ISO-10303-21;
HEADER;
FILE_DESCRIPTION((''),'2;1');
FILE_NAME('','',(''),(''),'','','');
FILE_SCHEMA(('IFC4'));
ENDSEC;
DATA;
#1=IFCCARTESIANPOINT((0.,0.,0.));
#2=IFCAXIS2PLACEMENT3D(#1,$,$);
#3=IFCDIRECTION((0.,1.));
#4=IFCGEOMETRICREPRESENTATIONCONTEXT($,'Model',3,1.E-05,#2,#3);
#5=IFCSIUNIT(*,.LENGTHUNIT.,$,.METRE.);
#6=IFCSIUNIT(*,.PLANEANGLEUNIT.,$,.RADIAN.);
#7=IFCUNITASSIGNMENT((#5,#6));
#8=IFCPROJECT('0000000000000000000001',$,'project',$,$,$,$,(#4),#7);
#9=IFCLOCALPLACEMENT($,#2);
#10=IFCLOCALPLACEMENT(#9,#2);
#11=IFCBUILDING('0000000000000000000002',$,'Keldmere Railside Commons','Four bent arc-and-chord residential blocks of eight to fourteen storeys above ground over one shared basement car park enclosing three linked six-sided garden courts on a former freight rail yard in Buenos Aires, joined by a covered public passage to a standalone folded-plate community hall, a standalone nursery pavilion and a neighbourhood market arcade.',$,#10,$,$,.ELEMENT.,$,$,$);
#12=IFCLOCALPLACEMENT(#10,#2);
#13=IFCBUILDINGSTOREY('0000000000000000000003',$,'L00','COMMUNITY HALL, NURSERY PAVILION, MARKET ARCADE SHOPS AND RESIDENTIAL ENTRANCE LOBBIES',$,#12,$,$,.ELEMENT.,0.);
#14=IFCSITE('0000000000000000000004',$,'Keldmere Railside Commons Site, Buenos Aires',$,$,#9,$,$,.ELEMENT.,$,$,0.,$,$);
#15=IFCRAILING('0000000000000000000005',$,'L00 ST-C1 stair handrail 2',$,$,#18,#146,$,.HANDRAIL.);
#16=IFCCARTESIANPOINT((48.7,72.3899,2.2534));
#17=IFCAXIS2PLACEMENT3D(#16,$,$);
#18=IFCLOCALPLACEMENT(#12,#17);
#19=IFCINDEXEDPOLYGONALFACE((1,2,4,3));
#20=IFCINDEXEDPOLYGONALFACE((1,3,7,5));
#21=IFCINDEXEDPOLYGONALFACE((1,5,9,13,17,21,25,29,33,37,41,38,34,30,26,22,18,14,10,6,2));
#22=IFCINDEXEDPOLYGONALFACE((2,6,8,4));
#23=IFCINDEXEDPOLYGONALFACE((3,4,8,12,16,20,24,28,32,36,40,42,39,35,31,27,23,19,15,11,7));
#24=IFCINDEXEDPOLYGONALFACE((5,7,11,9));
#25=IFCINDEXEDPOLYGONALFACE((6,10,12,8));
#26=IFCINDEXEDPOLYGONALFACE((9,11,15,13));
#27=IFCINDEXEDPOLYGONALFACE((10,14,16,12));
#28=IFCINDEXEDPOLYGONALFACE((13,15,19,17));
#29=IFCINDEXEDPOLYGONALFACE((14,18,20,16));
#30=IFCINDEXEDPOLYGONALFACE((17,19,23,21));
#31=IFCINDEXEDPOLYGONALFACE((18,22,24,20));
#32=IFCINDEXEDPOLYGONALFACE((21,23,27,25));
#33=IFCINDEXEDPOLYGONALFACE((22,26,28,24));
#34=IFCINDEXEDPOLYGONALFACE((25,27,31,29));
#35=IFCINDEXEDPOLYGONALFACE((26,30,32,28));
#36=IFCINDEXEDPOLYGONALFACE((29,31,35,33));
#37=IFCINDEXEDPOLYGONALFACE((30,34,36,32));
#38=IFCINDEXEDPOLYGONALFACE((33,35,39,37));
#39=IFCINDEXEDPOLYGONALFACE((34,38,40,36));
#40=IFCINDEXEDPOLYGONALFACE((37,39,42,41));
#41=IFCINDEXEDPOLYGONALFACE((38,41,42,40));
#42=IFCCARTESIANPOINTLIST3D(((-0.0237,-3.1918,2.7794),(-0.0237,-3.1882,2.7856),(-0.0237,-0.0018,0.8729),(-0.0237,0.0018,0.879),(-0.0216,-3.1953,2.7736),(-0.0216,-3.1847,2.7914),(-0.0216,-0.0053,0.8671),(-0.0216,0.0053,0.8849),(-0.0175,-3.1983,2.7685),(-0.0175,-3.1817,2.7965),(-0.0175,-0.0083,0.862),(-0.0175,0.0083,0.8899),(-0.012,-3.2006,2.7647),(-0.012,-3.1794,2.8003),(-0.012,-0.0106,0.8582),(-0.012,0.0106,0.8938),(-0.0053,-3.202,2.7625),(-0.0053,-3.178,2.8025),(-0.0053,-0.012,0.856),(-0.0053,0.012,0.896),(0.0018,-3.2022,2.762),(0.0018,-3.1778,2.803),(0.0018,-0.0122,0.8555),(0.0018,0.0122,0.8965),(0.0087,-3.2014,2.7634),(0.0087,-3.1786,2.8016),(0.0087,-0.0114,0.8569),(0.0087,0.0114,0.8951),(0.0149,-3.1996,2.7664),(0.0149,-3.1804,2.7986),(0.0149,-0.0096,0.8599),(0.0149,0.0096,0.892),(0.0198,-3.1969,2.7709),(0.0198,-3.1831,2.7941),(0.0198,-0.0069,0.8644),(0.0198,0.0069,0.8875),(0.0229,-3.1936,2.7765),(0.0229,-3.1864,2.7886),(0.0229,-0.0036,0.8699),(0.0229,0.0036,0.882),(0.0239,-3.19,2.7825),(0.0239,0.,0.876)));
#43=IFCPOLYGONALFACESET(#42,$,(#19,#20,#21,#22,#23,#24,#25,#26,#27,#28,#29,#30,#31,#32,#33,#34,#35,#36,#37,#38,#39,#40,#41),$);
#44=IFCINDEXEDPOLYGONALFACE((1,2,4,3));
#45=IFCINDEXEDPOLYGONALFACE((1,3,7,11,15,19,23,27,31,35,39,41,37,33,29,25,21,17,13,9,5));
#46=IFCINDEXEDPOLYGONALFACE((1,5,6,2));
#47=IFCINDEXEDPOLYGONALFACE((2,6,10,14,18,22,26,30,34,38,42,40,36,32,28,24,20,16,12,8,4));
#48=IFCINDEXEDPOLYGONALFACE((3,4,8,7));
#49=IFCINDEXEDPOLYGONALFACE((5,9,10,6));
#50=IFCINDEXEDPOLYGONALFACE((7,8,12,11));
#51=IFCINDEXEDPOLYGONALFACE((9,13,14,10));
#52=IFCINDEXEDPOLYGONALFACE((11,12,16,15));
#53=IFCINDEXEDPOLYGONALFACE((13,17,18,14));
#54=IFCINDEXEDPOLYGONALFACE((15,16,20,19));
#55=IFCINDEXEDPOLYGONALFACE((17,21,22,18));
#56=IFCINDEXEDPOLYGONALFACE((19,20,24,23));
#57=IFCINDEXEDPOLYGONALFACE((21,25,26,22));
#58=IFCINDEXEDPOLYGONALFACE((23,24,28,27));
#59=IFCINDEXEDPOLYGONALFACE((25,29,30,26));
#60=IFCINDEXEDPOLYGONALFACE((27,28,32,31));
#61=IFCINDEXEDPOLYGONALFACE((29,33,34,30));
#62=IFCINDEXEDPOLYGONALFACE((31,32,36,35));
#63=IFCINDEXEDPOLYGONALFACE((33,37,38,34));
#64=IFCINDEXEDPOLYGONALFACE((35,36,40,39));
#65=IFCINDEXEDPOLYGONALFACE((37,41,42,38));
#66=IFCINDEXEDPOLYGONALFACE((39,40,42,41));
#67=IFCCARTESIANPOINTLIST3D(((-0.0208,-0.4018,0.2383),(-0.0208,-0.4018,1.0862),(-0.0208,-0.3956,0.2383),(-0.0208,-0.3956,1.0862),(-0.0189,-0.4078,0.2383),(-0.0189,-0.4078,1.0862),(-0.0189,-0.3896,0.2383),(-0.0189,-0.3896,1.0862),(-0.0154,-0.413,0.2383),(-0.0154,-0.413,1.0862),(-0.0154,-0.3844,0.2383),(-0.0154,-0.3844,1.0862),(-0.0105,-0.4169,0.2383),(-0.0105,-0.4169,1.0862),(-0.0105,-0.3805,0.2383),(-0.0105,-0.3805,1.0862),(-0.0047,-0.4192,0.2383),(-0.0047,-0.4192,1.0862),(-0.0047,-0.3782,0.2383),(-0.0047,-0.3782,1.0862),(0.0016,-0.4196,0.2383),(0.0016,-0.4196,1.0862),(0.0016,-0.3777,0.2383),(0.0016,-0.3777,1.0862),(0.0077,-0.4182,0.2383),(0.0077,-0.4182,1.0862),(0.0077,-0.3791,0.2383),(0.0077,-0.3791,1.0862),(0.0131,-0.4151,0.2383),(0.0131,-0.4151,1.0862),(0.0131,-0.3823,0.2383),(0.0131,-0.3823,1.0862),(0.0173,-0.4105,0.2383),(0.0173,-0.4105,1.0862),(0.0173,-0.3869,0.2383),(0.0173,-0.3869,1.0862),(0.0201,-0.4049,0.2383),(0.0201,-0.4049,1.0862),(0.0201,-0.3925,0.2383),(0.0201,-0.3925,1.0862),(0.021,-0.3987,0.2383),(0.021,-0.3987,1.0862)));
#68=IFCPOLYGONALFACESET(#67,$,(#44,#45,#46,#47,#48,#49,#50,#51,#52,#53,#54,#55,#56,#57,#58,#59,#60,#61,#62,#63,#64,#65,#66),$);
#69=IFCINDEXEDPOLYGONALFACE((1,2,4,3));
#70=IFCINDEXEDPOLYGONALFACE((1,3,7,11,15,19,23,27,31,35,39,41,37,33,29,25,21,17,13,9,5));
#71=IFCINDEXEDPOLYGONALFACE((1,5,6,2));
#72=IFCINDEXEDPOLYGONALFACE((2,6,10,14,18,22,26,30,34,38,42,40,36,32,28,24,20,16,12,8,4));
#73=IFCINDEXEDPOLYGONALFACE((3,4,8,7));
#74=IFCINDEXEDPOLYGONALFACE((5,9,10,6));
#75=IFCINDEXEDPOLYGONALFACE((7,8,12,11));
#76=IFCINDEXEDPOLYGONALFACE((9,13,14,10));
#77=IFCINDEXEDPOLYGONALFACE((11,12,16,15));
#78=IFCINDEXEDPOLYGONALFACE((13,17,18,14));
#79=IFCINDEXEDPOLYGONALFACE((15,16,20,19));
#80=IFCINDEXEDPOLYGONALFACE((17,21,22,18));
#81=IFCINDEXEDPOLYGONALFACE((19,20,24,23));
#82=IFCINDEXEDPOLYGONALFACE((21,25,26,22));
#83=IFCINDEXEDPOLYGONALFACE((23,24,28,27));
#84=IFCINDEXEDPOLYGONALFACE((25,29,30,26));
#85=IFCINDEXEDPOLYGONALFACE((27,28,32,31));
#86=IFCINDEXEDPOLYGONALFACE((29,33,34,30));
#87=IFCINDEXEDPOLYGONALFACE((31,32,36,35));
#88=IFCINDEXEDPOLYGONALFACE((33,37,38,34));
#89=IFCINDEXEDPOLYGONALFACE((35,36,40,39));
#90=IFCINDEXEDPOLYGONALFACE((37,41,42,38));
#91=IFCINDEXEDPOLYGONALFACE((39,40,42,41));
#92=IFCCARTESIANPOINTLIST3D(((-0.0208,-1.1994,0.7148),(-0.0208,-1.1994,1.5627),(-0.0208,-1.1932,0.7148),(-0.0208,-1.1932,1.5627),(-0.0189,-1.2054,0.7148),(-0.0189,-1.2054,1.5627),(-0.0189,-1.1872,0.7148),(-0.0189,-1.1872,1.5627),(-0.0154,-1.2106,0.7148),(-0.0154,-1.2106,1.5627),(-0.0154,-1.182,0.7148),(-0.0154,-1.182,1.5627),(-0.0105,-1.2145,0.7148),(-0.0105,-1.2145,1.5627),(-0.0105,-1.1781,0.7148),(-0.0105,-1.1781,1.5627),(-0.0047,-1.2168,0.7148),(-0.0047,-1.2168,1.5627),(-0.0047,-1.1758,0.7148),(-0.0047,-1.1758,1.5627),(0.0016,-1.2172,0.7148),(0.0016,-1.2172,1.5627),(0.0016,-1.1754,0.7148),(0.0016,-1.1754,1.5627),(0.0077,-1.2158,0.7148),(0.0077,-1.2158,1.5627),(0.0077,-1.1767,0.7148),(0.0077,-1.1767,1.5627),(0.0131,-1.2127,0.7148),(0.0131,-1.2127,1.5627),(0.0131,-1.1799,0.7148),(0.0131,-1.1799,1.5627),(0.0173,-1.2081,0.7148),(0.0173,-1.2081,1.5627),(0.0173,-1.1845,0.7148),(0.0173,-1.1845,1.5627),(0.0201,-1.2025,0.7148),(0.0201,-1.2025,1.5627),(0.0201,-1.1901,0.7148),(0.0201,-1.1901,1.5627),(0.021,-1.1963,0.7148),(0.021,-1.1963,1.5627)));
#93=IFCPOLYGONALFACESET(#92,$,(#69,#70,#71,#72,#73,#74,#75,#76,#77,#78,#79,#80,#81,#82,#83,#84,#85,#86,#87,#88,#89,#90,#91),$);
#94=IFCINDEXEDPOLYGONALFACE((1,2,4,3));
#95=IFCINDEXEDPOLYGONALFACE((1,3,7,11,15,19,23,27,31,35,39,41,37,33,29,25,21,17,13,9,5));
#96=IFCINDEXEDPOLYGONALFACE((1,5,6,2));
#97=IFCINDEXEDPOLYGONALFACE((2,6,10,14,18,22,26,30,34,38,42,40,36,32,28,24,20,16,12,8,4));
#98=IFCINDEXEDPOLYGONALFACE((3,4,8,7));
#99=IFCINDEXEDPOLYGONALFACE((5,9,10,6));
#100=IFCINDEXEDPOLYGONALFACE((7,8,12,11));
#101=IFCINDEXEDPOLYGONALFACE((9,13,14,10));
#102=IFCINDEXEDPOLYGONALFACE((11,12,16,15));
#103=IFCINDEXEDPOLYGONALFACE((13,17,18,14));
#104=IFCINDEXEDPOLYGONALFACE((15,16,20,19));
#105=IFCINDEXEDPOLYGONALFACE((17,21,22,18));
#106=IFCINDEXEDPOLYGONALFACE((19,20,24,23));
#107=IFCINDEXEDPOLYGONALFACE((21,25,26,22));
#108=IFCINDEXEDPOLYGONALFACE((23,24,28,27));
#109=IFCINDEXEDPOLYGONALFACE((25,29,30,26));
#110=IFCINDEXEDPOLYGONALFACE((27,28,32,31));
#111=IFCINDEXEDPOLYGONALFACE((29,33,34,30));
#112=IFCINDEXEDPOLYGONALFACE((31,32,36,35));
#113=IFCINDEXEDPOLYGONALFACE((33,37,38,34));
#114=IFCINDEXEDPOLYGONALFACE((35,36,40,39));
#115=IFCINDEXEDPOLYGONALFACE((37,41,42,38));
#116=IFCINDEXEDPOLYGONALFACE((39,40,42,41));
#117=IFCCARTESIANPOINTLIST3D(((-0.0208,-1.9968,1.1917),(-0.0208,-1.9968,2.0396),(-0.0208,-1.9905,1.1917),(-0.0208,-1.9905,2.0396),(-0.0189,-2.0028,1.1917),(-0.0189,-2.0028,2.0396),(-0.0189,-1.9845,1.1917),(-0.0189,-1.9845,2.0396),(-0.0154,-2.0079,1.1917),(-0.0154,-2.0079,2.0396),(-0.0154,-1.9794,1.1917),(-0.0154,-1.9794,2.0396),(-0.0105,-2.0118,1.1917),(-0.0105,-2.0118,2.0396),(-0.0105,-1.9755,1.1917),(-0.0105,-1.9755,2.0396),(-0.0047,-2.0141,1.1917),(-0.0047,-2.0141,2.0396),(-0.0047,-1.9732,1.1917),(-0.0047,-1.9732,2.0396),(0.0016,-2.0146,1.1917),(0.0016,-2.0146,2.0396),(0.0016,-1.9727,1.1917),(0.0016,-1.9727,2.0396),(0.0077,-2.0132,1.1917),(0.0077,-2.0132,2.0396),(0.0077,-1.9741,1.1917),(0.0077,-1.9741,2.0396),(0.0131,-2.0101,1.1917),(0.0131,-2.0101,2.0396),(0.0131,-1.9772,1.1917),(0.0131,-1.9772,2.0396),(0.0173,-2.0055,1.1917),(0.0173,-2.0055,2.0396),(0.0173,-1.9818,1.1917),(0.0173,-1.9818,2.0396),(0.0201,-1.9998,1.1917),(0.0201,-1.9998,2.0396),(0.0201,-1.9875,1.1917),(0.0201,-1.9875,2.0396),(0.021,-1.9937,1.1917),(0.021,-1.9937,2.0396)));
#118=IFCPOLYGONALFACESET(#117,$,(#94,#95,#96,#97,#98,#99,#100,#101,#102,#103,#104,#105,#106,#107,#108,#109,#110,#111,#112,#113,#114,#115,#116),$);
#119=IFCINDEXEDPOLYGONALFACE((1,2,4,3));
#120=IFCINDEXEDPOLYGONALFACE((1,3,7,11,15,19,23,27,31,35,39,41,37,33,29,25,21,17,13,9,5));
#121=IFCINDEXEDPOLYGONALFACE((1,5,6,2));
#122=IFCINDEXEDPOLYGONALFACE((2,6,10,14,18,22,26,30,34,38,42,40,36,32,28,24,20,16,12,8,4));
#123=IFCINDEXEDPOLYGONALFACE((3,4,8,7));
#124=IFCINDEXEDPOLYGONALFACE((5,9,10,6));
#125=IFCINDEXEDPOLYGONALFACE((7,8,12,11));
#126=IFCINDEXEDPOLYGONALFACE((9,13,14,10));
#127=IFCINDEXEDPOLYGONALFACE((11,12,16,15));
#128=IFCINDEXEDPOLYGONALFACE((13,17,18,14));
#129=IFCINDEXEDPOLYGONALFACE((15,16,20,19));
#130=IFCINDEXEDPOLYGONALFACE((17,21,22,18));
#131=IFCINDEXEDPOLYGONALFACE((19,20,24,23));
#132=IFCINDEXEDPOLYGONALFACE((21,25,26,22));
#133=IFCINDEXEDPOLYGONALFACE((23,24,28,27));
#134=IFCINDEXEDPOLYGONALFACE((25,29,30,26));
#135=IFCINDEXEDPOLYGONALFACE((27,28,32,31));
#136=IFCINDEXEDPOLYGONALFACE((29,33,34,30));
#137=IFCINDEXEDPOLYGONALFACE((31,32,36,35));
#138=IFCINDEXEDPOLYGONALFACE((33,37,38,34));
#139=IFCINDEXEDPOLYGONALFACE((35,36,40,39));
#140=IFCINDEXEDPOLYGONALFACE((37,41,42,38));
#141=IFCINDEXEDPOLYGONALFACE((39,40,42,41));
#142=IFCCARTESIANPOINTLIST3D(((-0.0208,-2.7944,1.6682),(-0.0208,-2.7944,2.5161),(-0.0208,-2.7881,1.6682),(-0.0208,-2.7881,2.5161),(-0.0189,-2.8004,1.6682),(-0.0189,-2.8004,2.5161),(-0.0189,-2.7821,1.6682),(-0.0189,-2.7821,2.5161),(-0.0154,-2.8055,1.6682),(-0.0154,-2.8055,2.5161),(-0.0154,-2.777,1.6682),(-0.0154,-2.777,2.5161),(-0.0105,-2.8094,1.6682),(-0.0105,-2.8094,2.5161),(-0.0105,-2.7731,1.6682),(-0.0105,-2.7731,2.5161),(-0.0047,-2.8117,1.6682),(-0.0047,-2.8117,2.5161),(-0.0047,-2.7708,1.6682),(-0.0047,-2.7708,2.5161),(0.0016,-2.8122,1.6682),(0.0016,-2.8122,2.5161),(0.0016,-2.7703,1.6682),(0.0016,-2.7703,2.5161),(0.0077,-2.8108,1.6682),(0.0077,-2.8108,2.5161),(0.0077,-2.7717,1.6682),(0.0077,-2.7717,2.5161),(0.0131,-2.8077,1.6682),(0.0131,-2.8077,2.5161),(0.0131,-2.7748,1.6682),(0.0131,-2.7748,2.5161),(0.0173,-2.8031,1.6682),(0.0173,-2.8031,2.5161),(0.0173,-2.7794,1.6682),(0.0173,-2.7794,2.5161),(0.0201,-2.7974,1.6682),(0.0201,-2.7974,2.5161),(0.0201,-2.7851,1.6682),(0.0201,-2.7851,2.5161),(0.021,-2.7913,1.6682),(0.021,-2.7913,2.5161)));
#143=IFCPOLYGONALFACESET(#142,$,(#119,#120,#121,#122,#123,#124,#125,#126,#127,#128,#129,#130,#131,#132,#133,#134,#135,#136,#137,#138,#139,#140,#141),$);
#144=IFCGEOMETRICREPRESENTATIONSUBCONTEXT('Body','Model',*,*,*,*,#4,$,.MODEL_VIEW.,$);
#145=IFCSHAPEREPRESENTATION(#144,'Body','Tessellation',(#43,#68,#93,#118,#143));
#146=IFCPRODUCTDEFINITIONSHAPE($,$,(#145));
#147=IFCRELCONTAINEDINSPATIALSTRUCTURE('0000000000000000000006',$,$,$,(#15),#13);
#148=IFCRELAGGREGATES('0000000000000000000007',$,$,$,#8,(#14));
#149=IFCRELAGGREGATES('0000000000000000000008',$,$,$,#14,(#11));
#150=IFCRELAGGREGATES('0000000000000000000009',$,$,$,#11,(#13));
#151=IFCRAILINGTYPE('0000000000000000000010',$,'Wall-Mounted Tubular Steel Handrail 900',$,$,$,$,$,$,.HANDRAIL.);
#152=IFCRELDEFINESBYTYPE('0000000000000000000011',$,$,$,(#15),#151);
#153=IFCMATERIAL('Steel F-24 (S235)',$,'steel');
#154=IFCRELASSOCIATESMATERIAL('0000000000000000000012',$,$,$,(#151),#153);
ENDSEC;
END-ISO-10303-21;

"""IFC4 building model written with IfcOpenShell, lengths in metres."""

from ifc_helpers import new_model, si_unit, direction, frame, origin, origin_2d, place, context, subcontext, project, spatial, circle, extrude, material, type_object, element, save


model = new_model("IFC4")

# Units and contexts
model_context = context("Model", 3, precision=1e-05, world=origin(), true_north=direction((0.0, 1.0)))
body_context = subcontext(model_context, "Body", "Model", "MODEL_VIEW")
ifc_project = project(units=[si_unit("LENGTHUNIT", "METRE"), si_unit("PLANEANGLEUNIT", "RADIAN")], contexts=[model_context])

# Site, building, storey
site_placement = place(None, origin())
site = spatial("IfcSite", under=ifc_project, at=site_placement, Name="Keldmere Railside Commons Site, Buenos Aires", CompositionType="ELEMENT", RefElevation=0.0)
building_placement = place(site_placement, origin())
building = spatial("IfcBuilding", under=site, at=building_placement, Name="Keldmere Railside Commons", Description="Four bent arc-and-chord residential blocks of eight to fourteen storeys above ground over one shared basement car park enclosing three linked six-sided garden courts on a former freight rail yard in Buenos Aires, joined by a covered public passage to a standalone folded-plate community hall, a standalone nursery pavilion and a neighbourhood market arcade.", CompositionType="ELEMENT")
storey_placement = place(building_placement, origin())
storey = spatial("IfcBuildingStorey", under=building, at=storey_placement, Name="L00", Description="COMMUNITY HALL, NURSERY PAVILION, MARKET ARCADE SHOPS AND RESIDENTIAL ENTRANCE LOBBIES", CompositionType="ELEMENT", Elevation=0.0)

# Shared definitions
ifc_material_1 = material(Name="Steel F-24 (S235)", Category="steel")

# Railing
railing_type_1 = type_object("IfcRailingType", Name="Wall-Mounted Tubular Steel Handrail 900", PredefinedType="HANDRAIL", material=ifc_material_1)
railing_1_placement = place(storey_placement, frame((48.7, 72.3899, 2.2534)))
element("IfcRailing", 1, at=railing_1_placement, inside=storey, type_object=railing_type_1, Name="L00 ST-C1 stair handrail 2", PredefinedType="HANDRAIL", context=body_context, shape_type="SweptSolid", body=[
    extrude(circle(Radius=0.0239, at=origin_2d()), frame((0.0, 0.0, 0.876), z_axis=(0.0, -0.858379, 0.513017), x_axis=(1.0, 0.0, 0.0)), (0.0, 0.0, 1.0), 3.7163),
    extrude(circle(Radius=0.021, at=origin_2d()), frame((0.0, -0.3987, 0.2383)), (0.0, 0.0, 1.0), 0.8479),
    extrude(circle(Radius=0.021, at=origin_2d()), frame((0.0, -1.1963, 0.7148)), (0.0, 0.0, 1.0), 0.8479),
    extrude(circle(Radius=0.021, at=origin_2d()), frame((0.0, -1.9937, 1.1917)), (0.0, 0.0, 1.0), 0.8479),
    extrude(circle(Radius=0.021, at=origin_2d()), frame((0.0, -2.7913, 1.6682)), (0.0, 0.0, 1.0), 0.8479),
])

save(model, "model.ifc")
